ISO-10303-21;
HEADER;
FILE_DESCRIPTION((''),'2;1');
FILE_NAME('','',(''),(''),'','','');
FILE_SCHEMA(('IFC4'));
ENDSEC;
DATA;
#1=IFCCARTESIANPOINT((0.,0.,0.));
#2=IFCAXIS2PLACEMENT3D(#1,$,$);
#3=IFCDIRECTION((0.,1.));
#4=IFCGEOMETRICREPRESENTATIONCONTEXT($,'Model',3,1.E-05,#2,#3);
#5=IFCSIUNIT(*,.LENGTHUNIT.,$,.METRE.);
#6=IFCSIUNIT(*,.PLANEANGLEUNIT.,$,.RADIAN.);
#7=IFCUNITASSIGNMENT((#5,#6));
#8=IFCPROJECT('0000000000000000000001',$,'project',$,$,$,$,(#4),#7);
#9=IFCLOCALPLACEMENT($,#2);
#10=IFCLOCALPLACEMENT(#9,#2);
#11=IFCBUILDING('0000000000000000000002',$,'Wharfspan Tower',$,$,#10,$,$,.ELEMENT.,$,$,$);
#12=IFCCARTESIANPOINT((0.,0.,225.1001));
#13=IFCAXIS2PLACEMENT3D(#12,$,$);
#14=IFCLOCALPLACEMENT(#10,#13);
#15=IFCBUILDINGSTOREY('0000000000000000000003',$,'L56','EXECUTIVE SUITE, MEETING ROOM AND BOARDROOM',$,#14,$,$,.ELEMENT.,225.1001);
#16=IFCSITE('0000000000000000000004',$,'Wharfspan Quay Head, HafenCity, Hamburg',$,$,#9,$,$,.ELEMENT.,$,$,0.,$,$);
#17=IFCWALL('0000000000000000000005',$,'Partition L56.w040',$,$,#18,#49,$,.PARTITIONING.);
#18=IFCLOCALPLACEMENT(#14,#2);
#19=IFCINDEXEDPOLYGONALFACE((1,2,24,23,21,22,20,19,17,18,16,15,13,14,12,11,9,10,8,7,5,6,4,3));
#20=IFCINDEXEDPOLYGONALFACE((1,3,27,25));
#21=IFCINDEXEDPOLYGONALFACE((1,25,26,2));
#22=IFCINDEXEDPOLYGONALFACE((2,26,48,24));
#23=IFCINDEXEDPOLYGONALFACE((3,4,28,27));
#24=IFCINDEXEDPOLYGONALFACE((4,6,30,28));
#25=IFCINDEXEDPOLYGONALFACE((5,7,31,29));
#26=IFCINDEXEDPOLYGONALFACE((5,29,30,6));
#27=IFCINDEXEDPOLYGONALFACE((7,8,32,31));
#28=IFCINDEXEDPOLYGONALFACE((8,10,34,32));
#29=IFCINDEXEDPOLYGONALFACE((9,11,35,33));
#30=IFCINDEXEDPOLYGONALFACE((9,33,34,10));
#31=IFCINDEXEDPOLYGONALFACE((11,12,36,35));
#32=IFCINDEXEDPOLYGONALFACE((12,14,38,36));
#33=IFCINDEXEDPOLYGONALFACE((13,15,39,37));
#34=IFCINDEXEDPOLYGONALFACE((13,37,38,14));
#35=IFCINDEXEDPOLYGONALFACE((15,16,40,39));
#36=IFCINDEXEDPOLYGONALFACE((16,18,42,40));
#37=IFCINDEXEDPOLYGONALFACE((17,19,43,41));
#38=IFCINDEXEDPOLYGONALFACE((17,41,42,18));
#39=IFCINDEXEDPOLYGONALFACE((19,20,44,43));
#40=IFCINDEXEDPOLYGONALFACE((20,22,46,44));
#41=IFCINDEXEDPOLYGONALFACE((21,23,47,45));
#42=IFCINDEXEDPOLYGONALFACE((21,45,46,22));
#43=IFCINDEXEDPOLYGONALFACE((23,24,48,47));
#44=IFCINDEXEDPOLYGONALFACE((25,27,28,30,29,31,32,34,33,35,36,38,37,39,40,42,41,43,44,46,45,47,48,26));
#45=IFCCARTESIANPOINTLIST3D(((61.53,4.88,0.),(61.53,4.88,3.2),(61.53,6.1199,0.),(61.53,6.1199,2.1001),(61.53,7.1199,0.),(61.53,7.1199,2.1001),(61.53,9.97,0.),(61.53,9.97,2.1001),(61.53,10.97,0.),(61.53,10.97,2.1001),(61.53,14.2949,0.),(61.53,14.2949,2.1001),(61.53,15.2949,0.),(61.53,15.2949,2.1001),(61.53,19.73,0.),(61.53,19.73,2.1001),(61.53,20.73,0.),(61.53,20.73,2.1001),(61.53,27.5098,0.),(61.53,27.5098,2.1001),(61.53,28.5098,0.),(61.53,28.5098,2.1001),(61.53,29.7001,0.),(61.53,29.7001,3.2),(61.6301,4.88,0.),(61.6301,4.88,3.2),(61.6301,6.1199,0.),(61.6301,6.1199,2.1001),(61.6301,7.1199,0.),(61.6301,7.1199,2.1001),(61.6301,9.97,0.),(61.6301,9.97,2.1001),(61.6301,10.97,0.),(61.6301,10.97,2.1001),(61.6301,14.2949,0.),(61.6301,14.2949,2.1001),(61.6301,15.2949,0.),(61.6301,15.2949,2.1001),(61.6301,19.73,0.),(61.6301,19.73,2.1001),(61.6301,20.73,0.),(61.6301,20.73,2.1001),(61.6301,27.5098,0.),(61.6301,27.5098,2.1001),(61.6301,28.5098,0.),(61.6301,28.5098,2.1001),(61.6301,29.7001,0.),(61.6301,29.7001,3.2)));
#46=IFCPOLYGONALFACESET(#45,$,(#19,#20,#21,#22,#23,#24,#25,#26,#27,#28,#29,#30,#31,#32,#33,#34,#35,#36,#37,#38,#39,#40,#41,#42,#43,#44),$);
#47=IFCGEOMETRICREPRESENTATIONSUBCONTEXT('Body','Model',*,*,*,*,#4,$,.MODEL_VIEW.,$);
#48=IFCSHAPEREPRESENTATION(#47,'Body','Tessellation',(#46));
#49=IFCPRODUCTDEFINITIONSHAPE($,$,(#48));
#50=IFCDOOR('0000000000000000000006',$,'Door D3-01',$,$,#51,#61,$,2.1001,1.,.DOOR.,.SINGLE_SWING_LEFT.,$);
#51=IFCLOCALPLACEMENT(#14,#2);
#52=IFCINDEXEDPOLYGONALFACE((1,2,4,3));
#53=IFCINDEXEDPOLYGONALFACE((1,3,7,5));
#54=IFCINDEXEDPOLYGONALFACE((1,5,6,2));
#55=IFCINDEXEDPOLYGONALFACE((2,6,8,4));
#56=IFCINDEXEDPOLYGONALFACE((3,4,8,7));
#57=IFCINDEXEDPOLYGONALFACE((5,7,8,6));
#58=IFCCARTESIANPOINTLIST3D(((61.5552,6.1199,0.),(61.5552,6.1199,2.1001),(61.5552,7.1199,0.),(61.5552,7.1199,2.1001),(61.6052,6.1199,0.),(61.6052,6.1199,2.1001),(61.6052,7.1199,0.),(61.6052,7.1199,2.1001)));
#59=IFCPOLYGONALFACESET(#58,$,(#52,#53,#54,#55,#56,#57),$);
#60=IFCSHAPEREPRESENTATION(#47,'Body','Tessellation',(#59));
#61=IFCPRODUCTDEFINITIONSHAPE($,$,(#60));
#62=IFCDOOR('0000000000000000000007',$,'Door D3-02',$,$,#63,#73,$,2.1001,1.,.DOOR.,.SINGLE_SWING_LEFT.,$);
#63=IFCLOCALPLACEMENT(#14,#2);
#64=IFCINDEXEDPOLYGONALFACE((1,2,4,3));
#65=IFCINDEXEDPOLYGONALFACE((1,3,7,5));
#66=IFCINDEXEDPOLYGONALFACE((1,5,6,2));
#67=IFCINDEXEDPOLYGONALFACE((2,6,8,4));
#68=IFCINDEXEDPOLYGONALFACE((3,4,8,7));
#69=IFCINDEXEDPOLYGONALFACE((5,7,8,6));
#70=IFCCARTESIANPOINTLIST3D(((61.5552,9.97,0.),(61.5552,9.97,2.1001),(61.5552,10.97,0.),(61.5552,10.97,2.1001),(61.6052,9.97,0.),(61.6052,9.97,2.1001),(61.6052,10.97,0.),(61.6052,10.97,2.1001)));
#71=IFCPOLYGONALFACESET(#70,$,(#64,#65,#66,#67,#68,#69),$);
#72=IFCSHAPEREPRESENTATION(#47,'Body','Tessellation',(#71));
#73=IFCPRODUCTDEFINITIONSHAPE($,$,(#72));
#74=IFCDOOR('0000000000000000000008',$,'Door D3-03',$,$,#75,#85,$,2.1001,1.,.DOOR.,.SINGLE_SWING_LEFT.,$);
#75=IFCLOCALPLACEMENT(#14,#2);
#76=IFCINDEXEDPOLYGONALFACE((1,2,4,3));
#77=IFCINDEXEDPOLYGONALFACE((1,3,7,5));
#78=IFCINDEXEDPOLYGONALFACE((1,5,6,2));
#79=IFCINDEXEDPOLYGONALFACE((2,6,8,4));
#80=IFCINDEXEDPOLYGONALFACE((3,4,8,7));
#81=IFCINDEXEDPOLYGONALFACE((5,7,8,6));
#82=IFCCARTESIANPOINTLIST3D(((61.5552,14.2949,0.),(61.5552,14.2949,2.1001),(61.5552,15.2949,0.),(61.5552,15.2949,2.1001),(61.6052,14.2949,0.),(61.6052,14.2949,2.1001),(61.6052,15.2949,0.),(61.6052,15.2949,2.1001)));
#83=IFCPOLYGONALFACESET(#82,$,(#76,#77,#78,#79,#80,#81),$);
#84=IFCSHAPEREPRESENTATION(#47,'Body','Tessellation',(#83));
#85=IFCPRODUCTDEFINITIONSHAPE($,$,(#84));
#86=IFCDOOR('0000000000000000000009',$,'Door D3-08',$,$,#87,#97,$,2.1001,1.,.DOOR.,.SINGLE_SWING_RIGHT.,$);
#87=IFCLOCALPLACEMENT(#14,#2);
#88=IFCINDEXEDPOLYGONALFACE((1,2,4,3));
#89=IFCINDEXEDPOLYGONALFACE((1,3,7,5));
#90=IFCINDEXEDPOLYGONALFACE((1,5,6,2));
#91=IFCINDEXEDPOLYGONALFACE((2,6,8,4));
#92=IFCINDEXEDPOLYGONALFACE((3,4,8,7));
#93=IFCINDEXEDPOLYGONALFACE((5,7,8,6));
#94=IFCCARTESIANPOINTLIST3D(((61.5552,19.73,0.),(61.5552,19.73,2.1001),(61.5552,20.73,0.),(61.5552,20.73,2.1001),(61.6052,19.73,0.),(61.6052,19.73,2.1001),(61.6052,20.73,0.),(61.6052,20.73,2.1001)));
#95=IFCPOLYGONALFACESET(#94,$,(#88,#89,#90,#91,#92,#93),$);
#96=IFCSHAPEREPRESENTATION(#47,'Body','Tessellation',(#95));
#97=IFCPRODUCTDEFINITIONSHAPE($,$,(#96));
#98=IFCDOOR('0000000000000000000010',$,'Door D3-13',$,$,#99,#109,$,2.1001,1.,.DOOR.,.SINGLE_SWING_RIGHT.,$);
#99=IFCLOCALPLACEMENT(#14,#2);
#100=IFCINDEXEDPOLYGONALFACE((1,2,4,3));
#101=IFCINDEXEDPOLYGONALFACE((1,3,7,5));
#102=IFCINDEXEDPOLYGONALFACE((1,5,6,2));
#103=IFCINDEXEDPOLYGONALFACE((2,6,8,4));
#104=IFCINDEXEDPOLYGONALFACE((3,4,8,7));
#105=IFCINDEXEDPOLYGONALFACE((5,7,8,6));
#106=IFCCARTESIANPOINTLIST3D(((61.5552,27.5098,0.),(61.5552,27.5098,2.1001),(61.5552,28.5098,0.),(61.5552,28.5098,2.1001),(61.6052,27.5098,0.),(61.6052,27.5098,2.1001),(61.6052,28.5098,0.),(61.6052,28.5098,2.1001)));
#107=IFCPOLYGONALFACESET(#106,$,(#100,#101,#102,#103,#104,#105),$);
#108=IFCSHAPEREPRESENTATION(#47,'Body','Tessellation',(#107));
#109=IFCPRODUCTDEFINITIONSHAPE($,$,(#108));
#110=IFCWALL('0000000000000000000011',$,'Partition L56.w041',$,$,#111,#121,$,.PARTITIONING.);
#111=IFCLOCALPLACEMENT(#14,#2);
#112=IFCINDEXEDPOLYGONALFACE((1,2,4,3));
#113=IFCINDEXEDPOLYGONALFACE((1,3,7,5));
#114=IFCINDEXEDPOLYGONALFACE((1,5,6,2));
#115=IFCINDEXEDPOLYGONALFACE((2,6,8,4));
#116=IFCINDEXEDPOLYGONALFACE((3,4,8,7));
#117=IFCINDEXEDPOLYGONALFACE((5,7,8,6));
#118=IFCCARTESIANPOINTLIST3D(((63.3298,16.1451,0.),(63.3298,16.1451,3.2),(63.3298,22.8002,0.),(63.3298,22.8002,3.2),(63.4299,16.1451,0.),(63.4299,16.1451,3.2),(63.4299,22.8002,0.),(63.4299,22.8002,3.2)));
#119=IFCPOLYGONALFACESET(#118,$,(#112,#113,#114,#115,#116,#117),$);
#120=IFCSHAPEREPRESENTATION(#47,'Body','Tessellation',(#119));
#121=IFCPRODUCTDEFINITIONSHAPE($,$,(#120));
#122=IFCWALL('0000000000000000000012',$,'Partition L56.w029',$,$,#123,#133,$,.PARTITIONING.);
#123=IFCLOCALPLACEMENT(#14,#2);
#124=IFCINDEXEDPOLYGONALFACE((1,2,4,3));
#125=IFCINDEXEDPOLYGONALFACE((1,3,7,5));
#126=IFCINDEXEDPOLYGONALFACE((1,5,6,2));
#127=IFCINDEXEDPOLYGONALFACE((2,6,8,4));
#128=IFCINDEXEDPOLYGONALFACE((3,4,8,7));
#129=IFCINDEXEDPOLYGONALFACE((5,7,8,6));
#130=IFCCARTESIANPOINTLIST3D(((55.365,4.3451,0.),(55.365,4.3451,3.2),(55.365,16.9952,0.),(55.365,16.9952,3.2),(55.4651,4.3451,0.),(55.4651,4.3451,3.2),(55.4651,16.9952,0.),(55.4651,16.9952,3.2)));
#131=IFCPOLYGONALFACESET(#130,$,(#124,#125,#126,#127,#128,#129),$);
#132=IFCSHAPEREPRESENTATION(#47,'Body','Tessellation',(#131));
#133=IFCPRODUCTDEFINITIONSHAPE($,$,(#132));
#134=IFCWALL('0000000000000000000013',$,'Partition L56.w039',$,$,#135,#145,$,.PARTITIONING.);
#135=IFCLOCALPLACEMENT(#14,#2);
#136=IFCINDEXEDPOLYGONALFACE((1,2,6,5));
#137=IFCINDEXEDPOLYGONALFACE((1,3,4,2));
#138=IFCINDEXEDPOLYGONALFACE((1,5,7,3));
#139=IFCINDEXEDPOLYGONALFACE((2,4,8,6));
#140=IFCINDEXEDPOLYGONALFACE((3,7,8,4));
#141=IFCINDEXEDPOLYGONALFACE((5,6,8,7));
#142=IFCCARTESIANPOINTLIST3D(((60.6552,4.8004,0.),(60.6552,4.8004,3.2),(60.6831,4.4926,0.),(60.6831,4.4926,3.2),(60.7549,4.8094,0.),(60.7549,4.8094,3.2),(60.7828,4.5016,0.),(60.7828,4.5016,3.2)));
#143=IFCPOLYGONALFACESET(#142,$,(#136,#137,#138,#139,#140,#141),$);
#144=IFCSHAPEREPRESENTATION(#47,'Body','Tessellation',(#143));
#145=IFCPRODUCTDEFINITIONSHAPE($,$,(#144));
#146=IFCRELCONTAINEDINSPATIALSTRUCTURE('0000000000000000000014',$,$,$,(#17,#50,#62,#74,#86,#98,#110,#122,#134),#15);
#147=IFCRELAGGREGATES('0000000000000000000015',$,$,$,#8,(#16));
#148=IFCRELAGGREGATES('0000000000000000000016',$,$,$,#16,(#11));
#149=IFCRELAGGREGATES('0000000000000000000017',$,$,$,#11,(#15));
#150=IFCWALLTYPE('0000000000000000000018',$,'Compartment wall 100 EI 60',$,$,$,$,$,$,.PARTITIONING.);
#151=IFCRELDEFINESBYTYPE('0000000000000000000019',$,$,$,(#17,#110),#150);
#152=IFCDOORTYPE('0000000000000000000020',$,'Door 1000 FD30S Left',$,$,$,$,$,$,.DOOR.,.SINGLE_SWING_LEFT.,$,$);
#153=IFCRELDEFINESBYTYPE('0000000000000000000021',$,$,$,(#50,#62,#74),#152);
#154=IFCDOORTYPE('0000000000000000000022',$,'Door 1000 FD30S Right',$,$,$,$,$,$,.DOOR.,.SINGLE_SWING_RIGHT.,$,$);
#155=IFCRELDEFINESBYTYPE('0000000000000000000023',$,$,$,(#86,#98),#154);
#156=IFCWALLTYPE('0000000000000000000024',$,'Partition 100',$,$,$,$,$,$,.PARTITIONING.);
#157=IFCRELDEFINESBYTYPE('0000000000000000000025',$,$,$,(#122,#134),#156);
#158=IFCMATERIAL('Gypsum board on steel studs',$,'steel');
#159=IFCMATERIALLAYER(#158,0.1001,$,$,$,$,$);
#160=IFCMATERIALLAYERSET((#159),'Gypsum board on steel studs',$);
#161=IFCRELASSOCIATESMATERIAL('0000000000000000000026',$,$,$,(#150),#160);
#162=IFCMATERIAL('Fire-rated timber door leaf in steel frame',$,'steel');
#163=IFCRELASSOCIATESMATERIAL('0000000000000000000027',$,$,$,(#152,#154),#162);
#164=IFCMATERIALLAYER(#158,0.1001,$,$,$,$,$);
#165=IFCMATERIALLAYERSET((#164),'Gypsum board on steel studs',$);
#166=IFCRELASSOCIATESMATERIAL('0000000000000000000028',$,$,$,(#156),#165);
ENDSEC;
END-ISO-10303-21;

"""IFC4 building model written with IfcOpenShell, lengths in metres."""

from ifc_helpers import new_model, si_unit, direction, frame, frame_2d, origin, place, context, subcontext, project, spatial, rectangle, extrude, material, layer, layer_set, type_object, element, fill, save


model = new_model("IFC4")

# Units and contexts
model_context = context("Model", 3, precision=1e-05, world=origin(), true_north=direction((0.0, 1.0)))
body_context = subcontext(model_context, "Body", "Model", "MODEL_VIEW")
ifc_project = project(units=[si_unit("LENGTHUNIT", "METRE"), si_unit("PLANEANGLEUNIT", "RADIAN")], contexts=[model_context])

# Site, building, storey
site_placement = place(None, origin())
site = spatial("IfcSite", under=ifc_project, at=site_placement, Name="Wharfspan Quay Head, HafenCity, Hamburg", CompositionType="ELEMENT", RefElevation=0.0)
building_placement = place(site_placement, origin())
building = spatial("IfcBuilding", under=site, at=building_placement, Name="Wharfspan Tower", CompositionType="ELEMENT")
storey_placement = place(building_placement, frame((0.0, 0.0, 225.1001)))
storey = spatial("IfcBuildingStorey", under=building, at=storey_placement, Name="L56", Description="EXECUTIVE SUITE, MEETING ROOM AND BOARDROOM", CompositionType="ELEMENT", Elevation=225.1001)

# Shared definitions
ifc_material_1 = material(Name="Gypsum board on steel studs", Category="steel")
ifc_layer_1 = layer(ifc_material_1, 0.1001)
ifc_layer_set_1 = layer_set([ifc_layer_1], Name="Gypsum board on steel studs")
wall_type_1 = type_object("IfcWallType", Name="Compartment wall 100 EI 60", PredefinedType="PARTITIONING", material=ifc_layer_set_1)

# Wall, openings, doors
wall_1_placement = place(storey_placement, frame((61.5801, 4.8799, 0.0), z_axis=(0.0, 0.0, 1.0), x_axis=(0.0, 1.0, 0.0)))
wall_1 = element("IfcWall", 1, at=wall_1_placement, inside=storey, type_object=wall_type_1, Name="Partition L56.w040", PredefinedType="PARTITIONING", context=body_context, shape_type="SweptSolid", body=[
    extrude(rectangle(XDim=24.8201, YDim=0.1001, at=frame_2d((12.4102, 0.0))), origin(), (0.0, 0.0, 1.0), 3.2),
])
opening_1_placement = place(wall_1_placement, frame((1.24, 0.0, 0.0)))
opening_1 = element("IfcOpeningElement", 2, at=opening_1_placement, cuts=wall_1, PredefinedType="OPENING", context=body_context, shape_type="SweptSolid", body=[
    extrude(rectangle(XDim=1.0, YDim=2.1001, at=frame_2d((0.5, 1.05))), frame((0.0, 0.0601, 0.0), z_axis=(0.0, -1.0, 0.0), x_axis=(1.0, 0.0, 0.0)), (0.0, 0.0, 1.0), 0.1201),
])
opening_2_placement = place(wall_1_placement, frame((5.0901, 0.0, 0.0)))
opening_2 = element("IfcOpeningElement", 3, at=opening_2_placement, cuts=wall_1, PredefinedType="OPENING", context=body_context, shape_type="SweptSolid", body=[
    extrude(rectangle(XDim=1.0, YDim=2.1001, at=frame_2d((0.5, 1.05))), frame((0.0, 0.0601, 0.0), z_axis=(0.0, -1.0, 0.0), x_axis=(1.0, 0.0, 0.0)), (0.0, 0.0, 1.0), 0.1201),
])
opening_3_placement = place(wall_1_placement, frame((9.415, 0.0, 0.0)))
opening_3 = element("IfcOpeningElement", 4, at=opening_3_placement, cuts=wall_1, PredefinedType="OPENING", context=body_context, shape_type="SweptSolid", body=[
    extrude(rectangle(XDim=1.0, YDim=2.1001, at=frame_2d((0.5, 1.05))), frame((0.0, 0.0601, 0.0), z_axis=(0.0, -1.0, 0.0), x_axis=(1.0, 0.0, 0.0)), (0.0, 0.0, 1.0), 0.1201),
])
opening_4_placement = place(wall_1_placement, frame((14.8501, 0.0, 0.0)))
opening_4 = element("IfcOpeningElement", 5, at=opening_4_placement, cuts=wall_1, PredefinedType="OPENING", context=body_context, shape_type="SweptSolid", body=[
    extrude(rectangle(XDim=1.0, YDim=2.1001, at=frame_2d((0.5, 1.05))), frame((0.0, 0.0601, 0.0), z_axis=(0.0, -1.0, 0.0), x_axis=(1.0, 0.0, 0.0)), (0.0, 0.0, 1.0), 0.1201),
])
opening_5_placement = place(wall_1_placement, frame((22.6299, 0.0, 0.0)))
opening_5 = element("IfcOpeningElement", 6, at=opening_5_placement, cuts=wall_1, PredefinedType="OPENING", context=body_context, shape_type="SweptSolid", body=[
    extrude(rectangle(XDim=1.0, YDim=2.1001, at=frame_2d((0.5, 1.05))), frame((0.0, 0.0601, 0.0), z_axis=(0.0, -1.0, 0.0), x_axis=(1.0, 0.0, 0.0)), (0.0, 0.0, 1.0), 0.1201),
])
ifc_material_2 = material(Name="Fire-rated timber door leaf in steel frame", Category="steel")
door_type_1 = type_object("IfcDoorType", Name="Door 1000 FD30S Left", OperationType="SINGLE_SWING_LEFT", PredefinedType="DOOR", material=ifc_material_2)
door_1_placement = place(opening_1_placement, origin())
door_1 = element("IfcDoor", 7, at=door_1_placement, inside=storey, type_object=door_type_1, Name="Door D3-01", OperationType="SINGLE_SWING_LEFT", OverallHeight=2.1001, OverallWidth=1.0, PredefinedType="DOOR", context=body_context, shape_type="SweptSolid", body=[
    extrude(rectangle(XDim=1.0, YDim=2.1001, at=frame_2d((0.5, 1.05))), frame((0.0, 0.0249, 0.0), z_axis=(0.0, -1.0, 0.0), x_axis=(1.0, 0.0, 0.0)), (0.0, 0.0, 1.0), 0.05),
])
fill(opening_1, door_1)
door_2_placement = place(opening_2_placement, origin())
door_2 = element("IfcDoor", 8, at=door_2_placement, inside=storey, type_object=door_type_1, Name="Door D3-02", OperationType="SINGLE_SWING_LEFT", OverallHeight=2.1001, OverallWidth=1.0, PredefinedType="DOOR", context=body_context, shape_type="SweptSolid", body=[
    extrude(rectangle(XDim=1.0, YDim=2.1001, at=frame_2d((0.5, 1.05))), frame((0.0, 0.0249, 0.0), z_axis=(0.0, -1.0, 0.0), x_axis=(1.0, 0.0, 0.0)), (0.0, 0.0, 1.0), 0.05),
])
fill(opening_2, door_2)
door_3_placement = place(opening_3_placement, origin())
door_3 = element("IfcDoor", 9, at=door_3_placement, inside=storey, type_object=door_type_1, Name="Door D3-03", OperationType="SINGLE_SWING_LEFT", OverallHeight=2.1001, OverallWidth=1.0, PredefinedType="DOOR", context=body_context, shape_type="SweptSolid", body=[
    extrude(rectangle(XDim=1.0, YDim=2.1001, at=frame_2d((0.5, 1.05))), frame((0.0, 0.0249, 0.0), z_axis=(0.0, -1.0, 0.0), x_axis=(1.0, 0.0, 0.0)), (0.0, 0.0, 1.0), 0.05),
])
fill(opening_3, door_3)
door_type_2 = type_object("IfcDoorType", Name="Door 1000 FD30S Right", OperationType="SINGLE_SWING_RIGHT", PredefinedType="DOOR", material=ifc_material_2)
door_4_placement = place(opening_4_placement, origin())
door_4 = element("IfcDoor", 10, at=door_4_placement, inside=storey, type_object=door_type_2, Name="Door D3-08", OperationType="SINGLE_SWING_RIGHT", OverallHeight=2.1001, OverallWidth=1.0, PredefinedType="DOOR", context=body_context, shape_type="SweptSolid", body=[
    extrude(rectangle(XDim=1.0, YDim=2.1001, at=frame_2d((0.5, 1.05))), frame((0.0, 0.0249, 0.0), z_axis=(0.0, -1.0, 0.0), x_axis=(1.0, 0.0, 0.0)), (0.0, 0.0, 1.0), 0.05),
])
fill(opening_4, door_4)
door_5_placement = place(opening_5_placement, origin())
door_5 = element("IfcDoor", 11, at=door_5_placement, inside=storey, type_object=door_type_2, Name="Door D3-13", OperationType="SINGLE_SWING_RIGHT", OverallHeight=2.1001, OverallWidth=1.0, PredefinedType="DOOR", context=body_context, shape_type="SweptSolid", body=[
    extrude(rectangle(XDim=1.0, YDim=2.1001, at=frame_2d((0.5, 1.05))), frame((0.0, 0.0249, 0.0), z_axis=(0.0, -1.0, 0.0), x_axis=(1.0, 0.0, 0.0)), (0.0, 0.0, 1.0), 0.05),
])
fill(opening_5, door_5)

# Walls
wall_2_placement = place(storey_placement, frame((63.3799, 16.145, 0.0), z_axis=(0.0, 0.0, 1.0), x_axis=(0.0, 1.0, 0.0)))
element("IfcWall", 12, at=wall_2_placement, inside=storey, type_object=wall_type_1, Name="Partition L56.w041", PredefinedType="PARTITIONING", context=body_context, shape_type="SweptSolid", body=[
    extrude(rectangle(XDim=6.655, YDim=0.1001, at=frame_2d((3.3276, 0.0))), origin(), (0.0, 0.0, 1.0), 3.2),
])
ifc_layer_2 = layer(ifc_material_1, 0.1001)
ifc_layer_set_2 = layer_set([ifc_layer_2], Name="Gypsum board on steel studs")
wall_type_2 = type_object("IfcWallType", Name="Partition 100", PredefinedType="PARTITIONING", material=ifc_layer_set_2)
wall_3_placement = place(storey_placement, frame((55.415, 4.345, 0.0), z_axis=(0.0, 0.0, 1.0), x_axis=(0.0, 1.0, 0.0)))
element("IfcWall", 13, at=wall_3_placement, inside=storey, type_object=wall_type_2, Name="Partition L56.w029", PredefinedType="PARTITIONING", context=body_context, shape_type="SweptSolid", body=[
    extrude(rectangle(XDim=12.6501, YDim=0.1001, at=frame_2d((6.3252, 0.0))), origin(), (0.0, 0.0, 1.0), 3.2),
])
wall_4_placement = place(storey_placement, frame((60.7329, 4.4971, 0.0), z_axis=(0.0, 0.0, 1.0), x_axis=(-0.090037, 0.995936, 0.0)))
element("IfcWall", 14, at=wall_4_placement, inside=storey, type_object=wall_type_2, Name="Partition L56.w039", PredefinedType="PARTITIONING", context=body_context, shape_type="SweptSolid", body=[
    extrude(rectangle(XDim=0.3091, YDim=0.1001, at=frame_2d((0.1545, 0.0))), origin(), (0.0, 0.0, 1.0), 3.2),
])

save(model, "model.ifc")
